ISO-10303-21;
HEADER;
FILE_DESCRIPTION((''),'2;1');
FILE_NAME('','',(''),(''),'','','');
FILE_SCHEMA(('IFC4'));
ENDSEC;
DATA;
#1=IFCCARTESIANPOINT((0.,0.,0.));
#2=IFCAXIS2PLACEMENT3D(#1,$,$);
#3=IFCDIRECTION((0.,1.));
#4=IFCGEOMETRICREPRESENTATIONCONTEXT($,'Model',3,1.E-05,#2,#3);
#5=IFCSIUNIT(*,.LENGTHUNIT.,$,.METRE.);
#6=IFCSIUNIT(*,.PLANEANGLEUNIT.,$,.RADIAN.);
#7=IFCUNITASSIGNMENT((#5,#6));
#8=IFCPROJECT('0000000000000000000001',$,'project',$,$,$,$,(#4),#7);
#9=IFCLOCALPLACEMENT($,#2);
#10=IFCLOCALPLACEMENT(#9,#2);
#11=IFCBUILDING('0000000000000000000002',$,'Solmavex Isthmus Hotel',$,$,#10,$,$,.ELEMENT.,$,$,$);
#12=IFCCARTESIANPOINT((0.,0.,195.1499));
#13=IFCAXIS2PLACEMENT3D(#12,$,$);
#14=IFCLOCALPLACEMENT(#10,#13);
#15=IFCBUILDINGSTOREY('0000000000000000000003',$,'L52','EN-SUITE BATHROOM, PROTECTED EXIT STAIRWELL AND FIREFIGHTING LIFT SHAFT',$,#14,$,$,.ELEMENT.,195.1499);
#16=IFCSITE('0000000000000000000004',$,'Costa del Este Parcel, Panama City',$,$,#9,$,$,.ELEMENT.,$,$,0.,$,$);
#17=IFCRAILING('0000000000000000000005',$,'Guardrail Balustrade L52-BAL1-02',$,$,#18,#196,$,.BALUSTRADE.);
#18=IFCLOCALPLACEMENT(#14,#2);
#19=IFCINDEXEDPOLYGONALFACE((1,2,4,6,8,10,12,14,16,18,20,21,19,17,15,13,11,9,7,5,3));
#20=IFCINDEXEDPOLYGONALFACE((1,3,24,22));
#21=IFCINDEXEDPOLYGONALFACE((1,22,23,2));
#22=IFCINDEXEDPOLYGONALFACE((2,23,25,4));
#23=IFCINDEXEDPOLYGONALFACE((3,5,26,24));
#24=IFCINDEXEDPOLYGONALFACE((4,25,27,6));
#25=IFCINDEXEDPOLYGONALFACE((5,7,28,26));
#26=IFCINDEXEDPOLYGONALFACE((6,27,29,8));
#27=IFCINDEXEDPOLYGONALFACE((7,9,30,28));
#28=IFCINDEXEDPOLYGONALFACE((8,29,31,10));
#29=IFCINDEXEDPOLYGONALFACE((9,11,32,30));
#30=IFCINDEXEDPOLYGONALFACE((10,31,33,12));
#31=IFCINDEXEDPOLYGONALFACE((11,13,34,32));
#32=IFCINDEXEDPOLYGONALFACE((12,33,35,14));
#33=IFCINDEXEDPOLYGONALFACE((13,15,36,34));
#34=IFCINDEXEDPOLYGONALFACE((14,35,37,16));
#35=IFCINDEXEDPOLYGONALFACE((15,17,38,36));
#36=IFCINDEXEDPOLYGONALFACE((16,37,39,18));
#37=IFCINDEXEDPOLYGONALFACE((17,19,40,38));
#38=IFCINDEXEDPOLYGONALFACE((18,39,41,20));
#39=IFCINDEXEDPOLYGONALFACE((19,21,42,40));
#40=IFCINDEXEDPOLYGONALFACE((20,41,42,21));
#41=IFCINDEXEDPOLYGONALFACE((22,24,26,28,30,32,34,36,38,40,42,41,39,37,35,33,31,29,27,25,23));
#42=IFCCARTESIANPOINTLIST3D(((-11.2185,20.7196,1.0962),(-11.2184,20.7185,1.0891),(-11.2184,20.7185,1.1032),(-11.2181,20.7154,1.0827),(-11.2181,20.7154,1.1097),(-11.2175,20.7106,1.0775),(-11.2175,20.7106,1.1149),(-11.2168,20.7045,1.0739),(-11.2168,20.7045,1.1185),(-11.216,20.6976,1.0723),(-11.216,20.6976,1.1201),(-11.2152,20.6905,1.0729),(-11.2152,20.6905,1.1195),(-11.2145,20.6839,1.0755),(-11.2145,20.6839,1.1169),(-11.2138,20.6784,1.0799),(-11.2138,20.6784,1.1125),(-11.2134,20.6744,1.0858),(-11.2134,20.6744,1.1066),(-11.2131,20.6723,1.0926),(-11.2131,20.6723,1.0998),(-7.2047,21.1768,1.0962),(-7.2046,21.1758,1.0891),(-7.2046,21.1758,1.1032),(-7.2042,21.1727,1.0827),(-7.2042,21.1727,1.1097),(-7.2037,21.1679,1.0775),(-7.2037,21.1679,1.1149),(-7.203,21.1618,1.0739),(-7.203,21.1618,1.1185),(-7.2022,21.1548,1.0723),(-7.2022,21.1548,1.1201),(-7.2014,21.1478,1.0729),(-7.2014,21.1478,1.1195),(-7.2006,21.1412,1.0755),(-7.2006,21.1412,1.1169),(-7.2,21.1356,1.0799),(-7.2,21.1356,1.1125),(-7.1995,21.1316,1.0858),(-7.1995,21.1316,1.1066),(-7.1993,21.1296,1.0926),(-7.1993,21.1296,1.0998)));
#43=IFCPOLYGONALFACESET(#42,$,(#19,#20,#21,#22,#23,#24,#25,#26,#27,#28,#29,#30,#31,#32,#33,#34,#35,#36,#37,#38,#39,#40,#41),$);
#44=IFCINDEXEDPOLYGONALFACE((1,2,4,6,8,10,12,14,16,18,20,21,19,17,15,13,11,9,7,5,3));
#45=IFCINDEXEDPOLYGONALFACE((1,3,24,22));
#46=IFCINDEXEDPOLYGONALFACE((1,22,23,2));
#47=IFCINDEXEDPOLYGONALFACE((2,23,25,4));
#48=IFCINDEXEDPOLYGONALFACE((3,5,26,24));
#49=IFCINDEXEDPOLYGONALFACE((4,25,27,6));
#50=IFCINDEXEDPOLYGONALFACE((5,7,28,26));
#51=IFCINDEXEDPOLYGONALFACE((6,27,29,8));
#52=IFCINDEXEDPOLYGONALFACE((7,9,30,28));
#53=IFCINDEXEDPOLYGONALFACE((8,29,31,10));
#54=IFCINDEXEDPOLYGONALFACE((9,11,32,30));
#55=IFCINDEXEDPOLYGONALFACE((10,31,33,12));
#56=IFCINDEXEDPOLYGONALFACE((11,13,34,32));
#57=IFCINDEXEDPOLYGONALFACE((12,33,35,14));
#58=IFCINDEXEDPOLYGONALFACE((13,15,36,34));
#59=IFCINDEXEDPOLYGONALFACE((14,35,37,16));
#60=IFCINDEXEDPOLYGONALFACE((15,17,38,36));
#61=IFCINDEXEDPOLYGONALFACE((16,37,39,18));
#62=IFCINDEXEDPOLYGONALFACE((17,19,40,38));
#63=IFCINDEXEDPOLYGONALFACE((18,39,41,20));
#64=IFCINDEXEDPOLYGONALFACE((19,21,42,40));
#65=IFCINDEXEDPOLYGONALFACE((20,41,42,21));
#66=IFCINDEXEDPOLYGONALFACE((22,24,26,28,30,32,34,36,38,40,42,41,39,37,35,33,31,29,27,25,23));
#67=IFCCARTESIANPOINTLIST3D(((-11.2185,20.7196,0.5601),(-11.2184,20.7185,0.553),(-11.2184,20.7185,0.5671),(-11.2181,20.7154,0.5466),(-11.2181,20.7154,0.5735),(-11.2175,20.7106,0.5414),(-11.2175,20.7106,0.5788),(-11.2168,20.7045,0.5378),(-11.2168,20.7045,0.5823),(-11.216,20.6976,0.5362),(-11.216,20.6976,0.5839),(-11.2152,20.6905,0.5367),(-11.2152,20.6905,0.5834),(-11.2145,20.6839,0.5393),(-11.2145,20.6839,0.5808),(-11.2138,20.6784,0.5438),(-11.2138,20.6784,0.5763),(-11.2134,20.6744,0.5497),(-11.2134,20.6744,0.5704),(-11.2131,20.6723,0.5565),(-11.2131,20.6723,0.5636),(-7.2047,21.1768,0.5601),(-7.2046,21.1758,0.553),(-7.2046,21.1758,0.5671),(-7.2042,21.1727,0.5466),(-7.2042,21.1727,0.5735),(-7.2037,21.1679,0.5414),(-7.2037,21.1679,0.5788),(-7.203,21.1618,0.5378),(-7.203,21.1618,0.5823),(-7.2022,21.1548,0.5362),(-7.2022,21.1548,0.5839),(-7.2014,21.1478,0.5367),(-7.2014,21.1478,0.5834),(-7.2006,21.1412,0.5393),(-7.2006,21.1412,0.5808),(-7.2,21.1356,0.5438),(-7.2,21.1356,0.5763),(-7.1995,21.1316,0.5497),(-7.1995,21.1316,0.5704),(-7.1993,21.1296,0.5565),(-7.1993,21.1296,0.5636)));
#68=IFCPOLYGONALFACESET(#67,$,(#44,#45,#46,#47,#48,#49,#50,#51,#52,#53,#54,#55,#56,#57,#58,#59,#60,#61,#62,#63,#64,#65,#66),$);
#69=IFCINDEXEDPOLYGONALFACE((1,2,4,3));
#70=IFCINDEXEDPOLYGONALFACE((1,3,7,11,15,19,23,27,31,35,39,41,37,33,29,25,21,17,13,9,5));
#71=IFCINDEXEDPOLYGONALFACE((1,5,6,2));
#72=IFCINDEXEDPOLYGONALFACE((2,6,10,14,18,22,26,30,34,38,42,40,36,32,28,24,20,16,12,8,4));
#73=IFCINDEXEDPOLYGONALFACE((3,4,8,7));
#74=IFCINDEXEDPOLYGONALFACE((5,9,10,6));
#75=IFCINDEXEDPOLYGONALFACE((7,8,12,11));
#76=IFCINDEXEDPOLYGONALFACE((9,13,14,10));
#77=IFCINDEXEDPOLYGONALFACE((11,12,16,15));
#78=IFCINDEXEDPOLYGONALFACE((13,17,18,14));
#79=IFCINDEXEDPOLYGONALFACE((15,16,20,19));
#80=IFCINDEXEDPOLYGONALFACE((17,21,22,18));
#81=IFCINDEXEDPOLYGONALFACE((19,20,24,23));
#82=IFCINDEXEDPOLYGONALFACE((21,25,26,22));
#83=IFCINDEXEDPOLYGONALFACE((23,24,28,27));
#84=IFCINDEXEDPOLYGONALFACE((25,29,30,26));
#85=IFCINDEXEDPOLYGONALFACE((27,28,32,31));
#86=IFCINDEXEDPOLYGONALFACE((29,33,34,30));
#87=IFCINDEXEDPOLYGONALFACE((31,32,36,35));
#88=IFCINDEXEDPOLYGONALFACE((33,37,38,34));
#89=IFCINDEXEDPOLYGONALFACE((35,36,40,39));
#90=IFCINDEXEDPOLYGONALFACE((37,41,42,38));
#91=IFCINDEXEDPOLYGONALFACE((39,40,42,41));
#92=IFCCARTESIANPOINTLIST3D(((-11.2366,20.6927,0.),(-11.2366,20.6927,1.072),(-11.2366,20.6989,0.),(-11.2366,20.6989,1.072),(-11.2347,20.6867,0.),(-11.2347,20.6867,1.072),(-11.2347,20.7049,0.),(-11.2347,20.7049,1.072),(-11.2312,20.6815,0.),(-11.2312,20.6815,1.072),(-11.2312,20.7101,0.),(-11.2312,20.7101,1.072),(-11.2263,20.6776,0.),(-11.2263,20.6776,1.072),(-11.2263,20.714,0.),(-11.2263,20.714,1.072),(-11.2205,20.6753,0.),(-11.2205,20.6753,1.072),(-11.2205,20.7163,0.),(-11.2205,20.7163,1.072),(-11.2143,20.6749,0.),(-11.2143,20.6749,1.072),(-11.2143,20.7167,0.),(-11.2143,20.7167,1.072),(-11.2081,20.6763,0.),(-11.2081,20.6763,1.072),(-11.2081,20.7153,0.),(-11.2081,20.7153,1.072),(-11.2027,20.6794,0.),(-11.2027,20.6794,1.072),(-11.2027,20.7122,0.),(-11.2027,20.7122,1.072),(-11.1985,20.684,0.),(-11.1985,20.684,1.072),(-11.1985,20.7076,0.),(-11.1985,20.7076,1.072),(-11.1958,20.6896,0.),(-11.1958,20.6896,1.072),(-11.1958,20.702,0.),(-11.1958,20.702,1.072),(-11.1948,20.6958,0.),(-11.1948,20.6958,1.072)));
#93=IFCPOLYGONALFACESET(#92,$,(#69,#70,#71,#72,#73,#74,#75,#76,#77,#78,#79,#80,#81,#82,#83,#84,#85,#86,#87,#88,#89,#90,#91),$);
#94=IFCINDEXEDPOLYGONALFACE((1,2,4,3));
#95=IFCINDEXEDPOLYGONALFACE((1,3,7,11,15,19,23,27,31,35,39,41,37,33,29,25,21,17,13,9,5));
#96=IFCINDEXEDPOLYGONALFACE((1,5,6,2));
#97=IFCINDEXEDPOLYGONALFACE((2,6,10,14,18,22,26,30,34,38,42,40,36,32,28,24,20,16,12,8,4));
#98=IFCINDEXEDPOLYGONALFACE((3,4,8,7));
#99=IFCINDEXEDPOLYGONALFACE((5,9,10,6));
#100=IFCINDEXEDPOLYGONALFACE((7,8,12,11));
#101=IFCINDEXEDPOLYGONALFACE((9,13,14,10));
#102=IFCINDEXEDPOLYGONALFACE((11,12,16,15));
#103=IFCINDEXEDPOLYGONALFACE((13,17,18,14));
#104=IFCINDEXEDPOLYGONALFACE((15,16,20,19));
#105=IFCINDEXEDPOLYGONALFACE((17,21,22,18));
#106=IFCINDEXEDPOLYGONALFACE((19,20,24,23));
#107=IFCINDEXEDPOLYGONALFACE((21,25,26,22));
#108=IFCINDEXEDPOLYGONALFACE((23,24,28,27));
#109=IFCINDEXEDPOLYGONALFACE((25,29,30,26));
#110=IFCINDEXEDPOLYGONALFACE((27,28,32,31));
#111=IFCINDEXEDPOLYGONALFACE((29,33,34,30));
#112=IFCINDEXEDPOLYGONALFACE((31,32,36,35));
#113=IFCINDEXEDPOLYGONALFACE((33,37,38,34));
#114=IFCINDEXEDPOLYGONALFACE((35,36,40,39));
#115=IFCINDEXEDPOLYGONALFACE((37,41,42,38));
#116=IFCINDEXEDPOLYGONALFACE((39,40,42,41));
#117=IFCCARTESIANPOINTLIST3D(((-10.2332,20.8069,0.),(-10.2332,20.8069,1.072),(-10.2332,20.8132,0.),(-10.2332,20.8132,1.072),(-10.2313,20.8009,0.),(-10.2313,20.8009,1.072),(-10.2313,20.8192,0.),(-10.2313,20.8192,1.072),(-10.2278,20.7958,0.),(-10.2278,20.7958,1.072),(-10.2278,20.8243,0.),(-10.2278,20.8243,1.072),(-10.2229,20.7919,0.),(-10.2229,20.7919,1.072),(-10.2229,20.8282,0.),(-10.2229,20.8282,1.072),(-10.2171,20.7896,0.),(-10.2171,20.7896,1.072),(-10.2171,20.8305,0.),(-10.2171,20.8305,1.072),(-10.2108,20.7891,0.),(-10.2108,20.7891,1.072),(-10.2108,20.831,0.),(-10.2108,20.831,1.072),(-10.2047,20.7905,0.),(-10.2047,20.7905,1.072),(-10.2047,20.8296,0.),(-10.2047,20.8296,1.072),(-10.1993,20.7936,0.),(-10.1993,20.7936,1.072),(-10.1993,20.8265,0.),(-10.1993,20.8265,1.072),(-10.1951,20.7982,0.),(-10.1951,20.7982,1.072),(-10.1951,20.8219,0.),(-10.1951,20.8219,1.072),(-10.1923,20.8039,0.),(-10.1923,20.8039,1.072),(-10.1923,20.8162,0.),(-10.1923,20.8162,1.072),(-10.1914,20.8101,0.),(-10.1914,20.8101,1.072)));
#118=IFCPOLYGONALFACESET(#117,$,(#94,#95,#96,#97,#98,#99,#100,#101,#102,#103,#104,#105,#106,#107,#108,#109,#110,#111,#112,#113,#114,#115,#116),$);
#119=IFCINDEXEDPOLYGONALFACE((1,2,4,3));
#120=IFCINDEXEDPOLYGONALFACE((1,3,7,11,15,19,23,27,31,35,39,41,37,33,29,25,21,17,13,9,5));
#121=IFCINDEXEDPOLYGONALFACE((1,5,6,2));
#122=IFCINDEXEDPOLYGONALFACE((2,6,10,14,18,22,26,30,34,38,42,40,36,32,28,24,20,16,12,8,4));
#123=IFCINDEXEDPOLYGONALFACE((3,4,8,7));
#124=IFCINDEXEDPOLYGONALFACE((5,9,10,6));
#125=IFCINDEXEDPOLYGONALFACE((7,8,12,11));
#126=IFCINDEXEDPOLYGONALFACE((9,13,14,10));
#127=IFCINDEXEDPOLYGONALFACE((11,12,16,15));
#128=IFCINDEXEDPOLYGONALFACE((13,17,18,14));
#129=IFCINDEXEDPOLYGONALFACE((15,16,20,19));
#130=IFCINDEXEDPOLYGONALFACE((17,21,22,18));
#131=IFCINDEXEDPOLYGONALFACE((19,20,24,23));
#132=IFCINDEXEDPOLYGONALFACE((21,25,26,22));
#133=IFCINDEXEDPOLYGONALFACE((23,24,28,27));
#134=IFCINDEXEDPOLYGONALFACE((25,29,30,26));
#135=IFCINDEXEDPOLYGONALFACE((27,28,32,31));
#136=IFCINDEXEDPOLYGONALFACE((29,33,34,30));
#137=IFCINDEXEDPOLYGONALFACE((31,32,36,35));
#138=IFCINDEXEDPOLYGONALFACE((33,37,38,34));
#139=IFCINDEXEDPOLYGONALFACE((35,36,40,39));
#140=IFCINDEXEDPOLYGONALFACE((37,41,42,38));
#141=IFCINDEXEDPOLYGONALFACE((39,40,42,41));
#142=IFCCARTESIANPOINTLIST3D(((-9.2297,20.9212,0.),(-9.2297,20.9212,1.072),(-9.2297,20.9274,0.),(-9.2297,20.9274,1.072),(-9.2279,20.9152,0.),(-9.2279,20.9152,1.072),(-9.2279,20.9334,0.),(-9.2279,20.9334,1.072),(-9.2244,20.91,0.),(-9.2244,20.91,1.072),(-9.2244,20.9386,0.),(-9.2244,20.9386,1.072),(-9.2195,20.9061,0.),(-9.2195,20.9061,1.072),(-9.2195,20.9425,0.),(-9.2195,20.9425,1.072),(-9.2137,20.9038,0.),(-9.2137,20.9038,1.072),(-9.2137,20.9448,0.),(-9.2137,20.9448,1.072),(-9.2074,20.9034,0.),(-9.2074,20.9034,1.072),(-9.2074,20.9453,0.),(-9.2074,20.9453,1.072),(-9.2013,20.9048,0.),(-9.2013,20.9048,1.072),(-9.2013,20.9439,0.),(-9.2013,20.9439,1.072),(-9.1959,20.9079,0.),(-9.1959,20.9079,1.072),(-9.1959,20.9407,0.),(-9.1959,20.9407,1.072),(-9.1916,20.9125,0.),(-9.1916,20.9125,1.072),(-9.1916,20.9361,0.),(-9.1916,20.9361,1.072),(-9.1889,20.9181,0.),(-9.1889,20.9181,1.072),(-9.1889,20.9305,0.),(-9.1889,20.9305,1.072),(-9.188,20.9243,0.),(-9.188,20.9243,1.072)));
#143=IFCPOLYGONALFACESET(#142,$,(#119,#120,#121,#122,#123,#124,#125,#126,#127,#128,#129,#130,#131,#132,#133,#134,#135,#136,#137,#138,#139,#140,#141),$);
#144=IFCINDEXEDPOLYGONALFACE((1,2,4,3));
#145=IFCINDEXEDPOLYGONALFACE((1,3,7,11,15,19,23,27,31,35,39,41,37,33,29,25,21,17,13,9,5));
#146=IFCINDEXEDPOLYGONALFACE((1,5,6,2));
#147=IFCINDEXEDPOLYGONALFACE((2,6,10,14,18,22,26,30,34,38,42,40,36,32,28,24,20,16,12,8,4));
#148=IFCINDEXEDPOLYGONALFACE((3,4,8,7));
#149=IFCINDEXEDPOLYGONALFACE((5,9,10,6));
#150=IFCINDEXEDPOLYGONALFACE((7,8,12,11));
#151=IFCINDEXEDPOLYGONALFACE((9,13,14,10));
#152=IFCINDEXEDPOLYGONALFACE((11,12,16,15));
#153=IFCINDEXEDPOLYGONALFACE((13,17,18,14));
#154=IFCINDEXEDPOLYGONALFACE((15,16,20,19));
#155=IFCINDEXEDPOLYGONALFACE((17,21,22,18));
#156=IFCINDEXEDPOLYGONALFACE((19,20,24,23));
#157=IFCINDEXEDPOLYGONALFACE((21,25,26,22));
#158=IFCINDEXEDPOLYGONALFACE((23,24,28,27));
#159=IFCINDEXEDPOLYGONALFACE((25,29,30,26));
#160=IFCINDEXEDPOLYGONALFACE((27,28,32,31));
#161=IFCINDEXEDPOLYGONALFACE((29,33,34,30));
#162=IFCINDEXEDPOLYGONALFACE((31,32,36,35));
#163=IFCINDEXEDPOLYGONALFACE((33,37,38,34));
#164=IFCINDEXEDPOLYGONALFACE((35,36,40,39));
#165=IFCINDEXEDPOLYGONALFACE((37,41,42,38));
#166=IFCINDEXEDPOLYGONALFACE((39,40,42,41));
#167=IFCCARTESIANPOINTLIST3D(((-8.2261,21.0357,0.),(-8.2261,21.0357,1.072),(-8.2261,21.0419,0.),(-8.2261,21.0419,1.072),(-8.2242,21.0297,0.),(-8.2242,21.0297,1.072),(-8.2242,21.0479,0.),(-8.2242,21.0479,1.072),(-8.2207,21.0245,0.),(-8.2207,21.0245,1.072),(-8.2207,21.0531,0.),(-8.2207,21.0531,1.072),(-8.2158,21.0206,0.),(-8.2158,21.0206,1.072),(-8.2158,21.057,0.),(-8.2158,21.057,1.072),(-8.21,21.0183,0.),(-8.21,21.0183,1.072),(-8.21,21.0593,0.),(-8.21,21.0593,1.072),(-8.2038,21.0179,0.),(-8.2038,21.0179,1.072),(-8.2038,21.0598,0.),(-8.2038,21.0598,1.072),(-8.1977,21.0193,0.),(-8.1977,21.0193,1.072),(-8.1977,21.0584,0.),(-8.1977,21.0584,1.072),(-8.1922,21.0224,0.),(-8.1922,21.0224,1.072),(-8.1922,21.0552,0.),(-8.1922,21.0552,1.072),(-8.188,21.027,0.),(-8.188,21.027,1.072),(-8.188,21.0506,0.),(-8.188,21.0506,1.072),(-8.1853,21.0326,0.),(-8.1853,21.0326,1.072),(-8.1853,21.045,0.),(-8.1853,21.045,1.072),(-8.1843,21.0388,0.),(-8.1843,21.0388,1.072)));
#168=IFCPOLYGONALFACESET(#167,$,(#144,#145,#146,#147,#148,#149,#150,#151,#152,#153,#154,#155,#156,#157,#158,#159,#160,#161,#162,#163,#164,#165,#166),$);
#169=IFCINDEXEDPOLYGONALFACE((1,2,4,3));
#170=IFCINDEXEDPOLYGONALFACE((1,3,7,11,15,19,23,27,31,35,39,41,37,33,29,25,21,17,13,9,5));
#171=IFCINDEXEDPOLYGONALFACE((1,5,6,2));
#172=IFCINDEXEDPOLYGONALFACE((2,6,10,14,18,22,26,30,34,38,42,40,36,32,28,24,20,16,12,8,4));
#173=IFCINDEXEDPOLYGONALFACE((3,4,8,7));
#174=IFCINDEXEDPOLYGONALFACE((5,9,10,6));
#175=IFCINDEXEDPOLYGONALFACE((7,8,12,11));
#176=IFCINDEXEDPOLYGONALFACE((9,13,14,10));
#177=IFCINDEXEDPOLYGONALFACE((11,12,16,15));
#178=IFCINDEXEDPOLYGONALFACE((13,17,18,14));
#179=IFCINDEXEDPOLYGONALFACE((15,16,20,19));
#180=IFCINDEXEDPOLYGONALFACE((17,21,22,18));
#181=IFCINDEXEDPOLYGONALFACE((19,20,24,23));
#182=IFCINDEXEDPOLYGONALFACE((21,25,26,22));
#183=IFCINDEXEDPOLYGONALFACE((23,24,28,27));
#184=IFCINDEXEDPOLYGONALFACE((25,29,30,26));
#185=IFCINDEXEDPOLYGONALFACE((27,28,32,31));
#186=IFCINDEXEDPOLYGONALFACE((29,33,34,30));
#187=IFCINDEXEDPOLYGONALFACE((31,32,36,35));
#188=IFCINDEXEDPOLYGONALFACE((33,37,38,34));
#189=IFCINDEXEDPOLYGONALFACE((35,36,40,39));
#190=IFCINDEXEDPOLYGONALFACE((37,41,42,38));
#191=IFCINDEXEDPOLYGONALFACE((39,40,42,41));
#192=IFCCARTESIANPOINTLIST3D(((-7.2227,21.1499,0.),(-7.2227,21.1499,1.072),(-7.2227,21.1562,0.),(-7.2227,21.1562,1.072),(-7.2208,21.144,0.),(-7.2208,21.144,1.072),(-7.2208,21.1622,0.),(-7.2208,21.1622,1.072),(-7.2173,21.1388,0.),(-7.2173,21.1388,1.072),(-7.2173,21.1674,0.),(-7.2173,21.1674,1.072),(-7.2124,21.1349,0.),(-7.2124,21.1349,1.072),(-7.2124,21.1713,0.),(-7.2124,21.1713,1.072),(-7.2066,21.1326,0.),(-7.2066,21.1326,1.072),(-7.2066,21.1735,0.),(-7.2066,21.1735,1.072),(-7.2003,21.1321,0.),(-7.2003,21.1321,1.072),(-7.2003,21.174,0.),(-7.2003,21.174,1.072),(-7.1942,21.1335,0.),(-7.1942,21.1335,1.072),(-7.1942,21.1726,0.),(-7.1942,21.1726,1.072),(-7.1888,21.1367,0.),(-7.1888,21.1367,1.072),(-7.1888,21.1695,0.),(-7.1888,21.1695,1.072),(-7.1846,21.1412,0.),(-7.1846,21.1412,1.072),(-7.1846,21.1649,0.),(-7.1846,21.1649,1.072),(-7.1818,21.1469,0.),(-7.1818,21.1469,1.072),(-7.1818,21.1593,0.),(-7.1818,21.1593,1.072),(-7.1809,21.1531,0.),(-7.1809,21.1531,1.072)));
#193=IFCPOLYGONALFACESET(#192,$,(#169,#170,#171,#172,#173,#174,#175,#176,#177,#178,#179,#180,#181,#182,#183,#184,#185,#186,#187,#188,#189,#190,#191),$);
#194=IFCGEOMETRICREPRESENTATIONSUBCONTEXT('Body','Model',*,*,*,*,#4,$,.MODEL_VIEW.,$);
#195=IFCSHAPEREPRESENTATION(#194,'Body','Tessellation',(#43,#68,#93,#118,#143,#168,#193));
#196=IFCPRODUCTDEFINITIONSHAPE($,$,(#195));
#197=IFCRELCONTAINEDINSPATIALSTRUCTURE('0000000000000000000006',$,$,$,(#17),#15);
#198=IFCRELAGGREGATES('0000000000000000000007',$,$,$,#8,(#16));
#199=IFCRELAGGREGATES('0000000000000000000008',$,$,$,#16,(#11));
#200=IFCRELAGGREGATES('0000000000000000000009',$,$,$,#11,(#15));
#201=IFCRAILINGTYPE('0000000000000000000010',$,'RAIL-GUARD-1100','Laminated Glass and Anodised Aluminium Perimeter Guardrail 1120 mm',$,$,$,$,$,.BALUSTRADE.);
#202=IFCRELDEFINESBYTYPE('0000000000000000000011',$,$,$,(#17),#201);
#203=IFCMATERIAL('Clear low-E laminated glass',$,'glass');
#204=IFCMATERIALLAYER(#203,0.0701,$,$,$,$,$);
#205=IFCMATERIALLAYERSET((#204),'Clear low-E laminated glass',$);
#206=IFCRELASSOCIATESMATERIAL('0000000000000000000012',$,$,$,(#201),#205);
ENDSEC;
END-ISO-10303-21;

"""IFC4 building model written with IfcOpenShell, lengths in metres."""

from ifc_helpers import new_model, si_unit, direction, frame, origin, origin_2d, place, context, subcontext, project, spatial, circle, extrude, material, layer, layer_set, type_object, element, save


model = new_model("IFC4")

# Units and contexts
model_context = context("Model", 3, precision=1e-05, world=origin(), true_north=direction((0.0, 1.0)))
body_context = subcontext(model_context, "Body", "Model", "MODEL_VIEW")
ifc_project = project(units=[si_unit("LENGTHUNIT", "METRE"), si_unit("PLANEANGLEUNIT", "RADIAN")], contexts=[model_context])

# Site, building, storey
site_placement = place(None, origin())
site = spatial("IfcSite", under=ifc_project, at=site_placement, Name="Costa del Este Parcel, Panama City", CompositionType="ELEMENT", RefElevation=0.0)
building_placement = place(site_placement, origin())
building = spatial("IfcBuilding", under=site, at=building_placement, Name="Solmavex Isthmus Hotel", CompositionType="ELEMENT")
storey_placement = place(building_placement, frame((0.0, 0.0, 195.1499)))
storey = spatial("IfcBuildingStorey", under=building, at=storey_placement, Name="L52", Description="EN-SUITE BATHROOM, PROTECTED EXIT STAIRWELL AND FIREFIGHTING LIFT SHAFT", CompositionType="ELEMENT", Elevation=195.1499)

# Shared definitions
ifc_material_1 = material(Name="Clear low-E laminated glass", Category="glass")

# Railing
ifc_layer_1 = layer(ifc_material_1, 0.0701)
ifc_layer_set_1 = layer_set([ifc_layer_1], Name="Clear low-E laminated glass")
railing_type = type_object("IfcRailingType", Name="RAIL-GUARD-1100", Description="Laminated Glass and Anodised Aluminium Perimeter Guardrail 1120 mm", PredefinedType="BALUSTRADE", material=ifc_layer_set_1)
railing_1_placement = place(storey_placement, frame((-11.2158, 20.6958, 0.0)))
element("IfcRailing", 1, at=railing_1_placement, inside=storey, type_object=railing_type, Name="Guardrail Balustrade L52-BAL1-02", PredefinedType="BALUSTRADE", context=body_context, shape_type="SweptSolid", body=[
    extrude(circle(Radius=0.0239, at=origin_2d()), frame((0.0, 0.0, 1.0962), z_axis=(0.993573, 0.11319, 0.0), x_axis=(-0.11319, 0.993573, 0.0)), (0.0, 0.0, 1.0), 4.0398),
    extrude(circle(Radius=0.0239, at=origin_2d()), frame((0.0, 0.0, 0.5601), z_axis=(0.993573, 0.11319, 0.0), x_axis=(-0.11319, 0.993573, 0.0)), (0.0, 0.0, 1.0), 4.0398),
    extrude(circle(Radius=0.021, at=origin_2d()), origin(), (0.0, 0.0, 1.0), 1.072),
    extrude(circle(Radius=0.021, at=origin_2d()), frame((1.0034, 0.1143, 0.0)), (0.0, 0.0, 1.0), 1.072),
    extrude(circle(Radius=0.021, at=origin_2d()), frame((2.0068, 0.2285, 0.0)), (0.0, 0.0, 1.0), 1.072),
    extrude(circle(Radius=0.021, at=origin_2d()), frame((3.0105, 0.343, 0.0)), (0.0, 0.0, 1.0), 1.072),
    extrude(circle(Radius=0.021, at=origin_2d()), frame((4.0139, 0.4573, 0.0)), (0.0, 0.0, 1.0), 1.072),
])

save(model, "model.ifc")
